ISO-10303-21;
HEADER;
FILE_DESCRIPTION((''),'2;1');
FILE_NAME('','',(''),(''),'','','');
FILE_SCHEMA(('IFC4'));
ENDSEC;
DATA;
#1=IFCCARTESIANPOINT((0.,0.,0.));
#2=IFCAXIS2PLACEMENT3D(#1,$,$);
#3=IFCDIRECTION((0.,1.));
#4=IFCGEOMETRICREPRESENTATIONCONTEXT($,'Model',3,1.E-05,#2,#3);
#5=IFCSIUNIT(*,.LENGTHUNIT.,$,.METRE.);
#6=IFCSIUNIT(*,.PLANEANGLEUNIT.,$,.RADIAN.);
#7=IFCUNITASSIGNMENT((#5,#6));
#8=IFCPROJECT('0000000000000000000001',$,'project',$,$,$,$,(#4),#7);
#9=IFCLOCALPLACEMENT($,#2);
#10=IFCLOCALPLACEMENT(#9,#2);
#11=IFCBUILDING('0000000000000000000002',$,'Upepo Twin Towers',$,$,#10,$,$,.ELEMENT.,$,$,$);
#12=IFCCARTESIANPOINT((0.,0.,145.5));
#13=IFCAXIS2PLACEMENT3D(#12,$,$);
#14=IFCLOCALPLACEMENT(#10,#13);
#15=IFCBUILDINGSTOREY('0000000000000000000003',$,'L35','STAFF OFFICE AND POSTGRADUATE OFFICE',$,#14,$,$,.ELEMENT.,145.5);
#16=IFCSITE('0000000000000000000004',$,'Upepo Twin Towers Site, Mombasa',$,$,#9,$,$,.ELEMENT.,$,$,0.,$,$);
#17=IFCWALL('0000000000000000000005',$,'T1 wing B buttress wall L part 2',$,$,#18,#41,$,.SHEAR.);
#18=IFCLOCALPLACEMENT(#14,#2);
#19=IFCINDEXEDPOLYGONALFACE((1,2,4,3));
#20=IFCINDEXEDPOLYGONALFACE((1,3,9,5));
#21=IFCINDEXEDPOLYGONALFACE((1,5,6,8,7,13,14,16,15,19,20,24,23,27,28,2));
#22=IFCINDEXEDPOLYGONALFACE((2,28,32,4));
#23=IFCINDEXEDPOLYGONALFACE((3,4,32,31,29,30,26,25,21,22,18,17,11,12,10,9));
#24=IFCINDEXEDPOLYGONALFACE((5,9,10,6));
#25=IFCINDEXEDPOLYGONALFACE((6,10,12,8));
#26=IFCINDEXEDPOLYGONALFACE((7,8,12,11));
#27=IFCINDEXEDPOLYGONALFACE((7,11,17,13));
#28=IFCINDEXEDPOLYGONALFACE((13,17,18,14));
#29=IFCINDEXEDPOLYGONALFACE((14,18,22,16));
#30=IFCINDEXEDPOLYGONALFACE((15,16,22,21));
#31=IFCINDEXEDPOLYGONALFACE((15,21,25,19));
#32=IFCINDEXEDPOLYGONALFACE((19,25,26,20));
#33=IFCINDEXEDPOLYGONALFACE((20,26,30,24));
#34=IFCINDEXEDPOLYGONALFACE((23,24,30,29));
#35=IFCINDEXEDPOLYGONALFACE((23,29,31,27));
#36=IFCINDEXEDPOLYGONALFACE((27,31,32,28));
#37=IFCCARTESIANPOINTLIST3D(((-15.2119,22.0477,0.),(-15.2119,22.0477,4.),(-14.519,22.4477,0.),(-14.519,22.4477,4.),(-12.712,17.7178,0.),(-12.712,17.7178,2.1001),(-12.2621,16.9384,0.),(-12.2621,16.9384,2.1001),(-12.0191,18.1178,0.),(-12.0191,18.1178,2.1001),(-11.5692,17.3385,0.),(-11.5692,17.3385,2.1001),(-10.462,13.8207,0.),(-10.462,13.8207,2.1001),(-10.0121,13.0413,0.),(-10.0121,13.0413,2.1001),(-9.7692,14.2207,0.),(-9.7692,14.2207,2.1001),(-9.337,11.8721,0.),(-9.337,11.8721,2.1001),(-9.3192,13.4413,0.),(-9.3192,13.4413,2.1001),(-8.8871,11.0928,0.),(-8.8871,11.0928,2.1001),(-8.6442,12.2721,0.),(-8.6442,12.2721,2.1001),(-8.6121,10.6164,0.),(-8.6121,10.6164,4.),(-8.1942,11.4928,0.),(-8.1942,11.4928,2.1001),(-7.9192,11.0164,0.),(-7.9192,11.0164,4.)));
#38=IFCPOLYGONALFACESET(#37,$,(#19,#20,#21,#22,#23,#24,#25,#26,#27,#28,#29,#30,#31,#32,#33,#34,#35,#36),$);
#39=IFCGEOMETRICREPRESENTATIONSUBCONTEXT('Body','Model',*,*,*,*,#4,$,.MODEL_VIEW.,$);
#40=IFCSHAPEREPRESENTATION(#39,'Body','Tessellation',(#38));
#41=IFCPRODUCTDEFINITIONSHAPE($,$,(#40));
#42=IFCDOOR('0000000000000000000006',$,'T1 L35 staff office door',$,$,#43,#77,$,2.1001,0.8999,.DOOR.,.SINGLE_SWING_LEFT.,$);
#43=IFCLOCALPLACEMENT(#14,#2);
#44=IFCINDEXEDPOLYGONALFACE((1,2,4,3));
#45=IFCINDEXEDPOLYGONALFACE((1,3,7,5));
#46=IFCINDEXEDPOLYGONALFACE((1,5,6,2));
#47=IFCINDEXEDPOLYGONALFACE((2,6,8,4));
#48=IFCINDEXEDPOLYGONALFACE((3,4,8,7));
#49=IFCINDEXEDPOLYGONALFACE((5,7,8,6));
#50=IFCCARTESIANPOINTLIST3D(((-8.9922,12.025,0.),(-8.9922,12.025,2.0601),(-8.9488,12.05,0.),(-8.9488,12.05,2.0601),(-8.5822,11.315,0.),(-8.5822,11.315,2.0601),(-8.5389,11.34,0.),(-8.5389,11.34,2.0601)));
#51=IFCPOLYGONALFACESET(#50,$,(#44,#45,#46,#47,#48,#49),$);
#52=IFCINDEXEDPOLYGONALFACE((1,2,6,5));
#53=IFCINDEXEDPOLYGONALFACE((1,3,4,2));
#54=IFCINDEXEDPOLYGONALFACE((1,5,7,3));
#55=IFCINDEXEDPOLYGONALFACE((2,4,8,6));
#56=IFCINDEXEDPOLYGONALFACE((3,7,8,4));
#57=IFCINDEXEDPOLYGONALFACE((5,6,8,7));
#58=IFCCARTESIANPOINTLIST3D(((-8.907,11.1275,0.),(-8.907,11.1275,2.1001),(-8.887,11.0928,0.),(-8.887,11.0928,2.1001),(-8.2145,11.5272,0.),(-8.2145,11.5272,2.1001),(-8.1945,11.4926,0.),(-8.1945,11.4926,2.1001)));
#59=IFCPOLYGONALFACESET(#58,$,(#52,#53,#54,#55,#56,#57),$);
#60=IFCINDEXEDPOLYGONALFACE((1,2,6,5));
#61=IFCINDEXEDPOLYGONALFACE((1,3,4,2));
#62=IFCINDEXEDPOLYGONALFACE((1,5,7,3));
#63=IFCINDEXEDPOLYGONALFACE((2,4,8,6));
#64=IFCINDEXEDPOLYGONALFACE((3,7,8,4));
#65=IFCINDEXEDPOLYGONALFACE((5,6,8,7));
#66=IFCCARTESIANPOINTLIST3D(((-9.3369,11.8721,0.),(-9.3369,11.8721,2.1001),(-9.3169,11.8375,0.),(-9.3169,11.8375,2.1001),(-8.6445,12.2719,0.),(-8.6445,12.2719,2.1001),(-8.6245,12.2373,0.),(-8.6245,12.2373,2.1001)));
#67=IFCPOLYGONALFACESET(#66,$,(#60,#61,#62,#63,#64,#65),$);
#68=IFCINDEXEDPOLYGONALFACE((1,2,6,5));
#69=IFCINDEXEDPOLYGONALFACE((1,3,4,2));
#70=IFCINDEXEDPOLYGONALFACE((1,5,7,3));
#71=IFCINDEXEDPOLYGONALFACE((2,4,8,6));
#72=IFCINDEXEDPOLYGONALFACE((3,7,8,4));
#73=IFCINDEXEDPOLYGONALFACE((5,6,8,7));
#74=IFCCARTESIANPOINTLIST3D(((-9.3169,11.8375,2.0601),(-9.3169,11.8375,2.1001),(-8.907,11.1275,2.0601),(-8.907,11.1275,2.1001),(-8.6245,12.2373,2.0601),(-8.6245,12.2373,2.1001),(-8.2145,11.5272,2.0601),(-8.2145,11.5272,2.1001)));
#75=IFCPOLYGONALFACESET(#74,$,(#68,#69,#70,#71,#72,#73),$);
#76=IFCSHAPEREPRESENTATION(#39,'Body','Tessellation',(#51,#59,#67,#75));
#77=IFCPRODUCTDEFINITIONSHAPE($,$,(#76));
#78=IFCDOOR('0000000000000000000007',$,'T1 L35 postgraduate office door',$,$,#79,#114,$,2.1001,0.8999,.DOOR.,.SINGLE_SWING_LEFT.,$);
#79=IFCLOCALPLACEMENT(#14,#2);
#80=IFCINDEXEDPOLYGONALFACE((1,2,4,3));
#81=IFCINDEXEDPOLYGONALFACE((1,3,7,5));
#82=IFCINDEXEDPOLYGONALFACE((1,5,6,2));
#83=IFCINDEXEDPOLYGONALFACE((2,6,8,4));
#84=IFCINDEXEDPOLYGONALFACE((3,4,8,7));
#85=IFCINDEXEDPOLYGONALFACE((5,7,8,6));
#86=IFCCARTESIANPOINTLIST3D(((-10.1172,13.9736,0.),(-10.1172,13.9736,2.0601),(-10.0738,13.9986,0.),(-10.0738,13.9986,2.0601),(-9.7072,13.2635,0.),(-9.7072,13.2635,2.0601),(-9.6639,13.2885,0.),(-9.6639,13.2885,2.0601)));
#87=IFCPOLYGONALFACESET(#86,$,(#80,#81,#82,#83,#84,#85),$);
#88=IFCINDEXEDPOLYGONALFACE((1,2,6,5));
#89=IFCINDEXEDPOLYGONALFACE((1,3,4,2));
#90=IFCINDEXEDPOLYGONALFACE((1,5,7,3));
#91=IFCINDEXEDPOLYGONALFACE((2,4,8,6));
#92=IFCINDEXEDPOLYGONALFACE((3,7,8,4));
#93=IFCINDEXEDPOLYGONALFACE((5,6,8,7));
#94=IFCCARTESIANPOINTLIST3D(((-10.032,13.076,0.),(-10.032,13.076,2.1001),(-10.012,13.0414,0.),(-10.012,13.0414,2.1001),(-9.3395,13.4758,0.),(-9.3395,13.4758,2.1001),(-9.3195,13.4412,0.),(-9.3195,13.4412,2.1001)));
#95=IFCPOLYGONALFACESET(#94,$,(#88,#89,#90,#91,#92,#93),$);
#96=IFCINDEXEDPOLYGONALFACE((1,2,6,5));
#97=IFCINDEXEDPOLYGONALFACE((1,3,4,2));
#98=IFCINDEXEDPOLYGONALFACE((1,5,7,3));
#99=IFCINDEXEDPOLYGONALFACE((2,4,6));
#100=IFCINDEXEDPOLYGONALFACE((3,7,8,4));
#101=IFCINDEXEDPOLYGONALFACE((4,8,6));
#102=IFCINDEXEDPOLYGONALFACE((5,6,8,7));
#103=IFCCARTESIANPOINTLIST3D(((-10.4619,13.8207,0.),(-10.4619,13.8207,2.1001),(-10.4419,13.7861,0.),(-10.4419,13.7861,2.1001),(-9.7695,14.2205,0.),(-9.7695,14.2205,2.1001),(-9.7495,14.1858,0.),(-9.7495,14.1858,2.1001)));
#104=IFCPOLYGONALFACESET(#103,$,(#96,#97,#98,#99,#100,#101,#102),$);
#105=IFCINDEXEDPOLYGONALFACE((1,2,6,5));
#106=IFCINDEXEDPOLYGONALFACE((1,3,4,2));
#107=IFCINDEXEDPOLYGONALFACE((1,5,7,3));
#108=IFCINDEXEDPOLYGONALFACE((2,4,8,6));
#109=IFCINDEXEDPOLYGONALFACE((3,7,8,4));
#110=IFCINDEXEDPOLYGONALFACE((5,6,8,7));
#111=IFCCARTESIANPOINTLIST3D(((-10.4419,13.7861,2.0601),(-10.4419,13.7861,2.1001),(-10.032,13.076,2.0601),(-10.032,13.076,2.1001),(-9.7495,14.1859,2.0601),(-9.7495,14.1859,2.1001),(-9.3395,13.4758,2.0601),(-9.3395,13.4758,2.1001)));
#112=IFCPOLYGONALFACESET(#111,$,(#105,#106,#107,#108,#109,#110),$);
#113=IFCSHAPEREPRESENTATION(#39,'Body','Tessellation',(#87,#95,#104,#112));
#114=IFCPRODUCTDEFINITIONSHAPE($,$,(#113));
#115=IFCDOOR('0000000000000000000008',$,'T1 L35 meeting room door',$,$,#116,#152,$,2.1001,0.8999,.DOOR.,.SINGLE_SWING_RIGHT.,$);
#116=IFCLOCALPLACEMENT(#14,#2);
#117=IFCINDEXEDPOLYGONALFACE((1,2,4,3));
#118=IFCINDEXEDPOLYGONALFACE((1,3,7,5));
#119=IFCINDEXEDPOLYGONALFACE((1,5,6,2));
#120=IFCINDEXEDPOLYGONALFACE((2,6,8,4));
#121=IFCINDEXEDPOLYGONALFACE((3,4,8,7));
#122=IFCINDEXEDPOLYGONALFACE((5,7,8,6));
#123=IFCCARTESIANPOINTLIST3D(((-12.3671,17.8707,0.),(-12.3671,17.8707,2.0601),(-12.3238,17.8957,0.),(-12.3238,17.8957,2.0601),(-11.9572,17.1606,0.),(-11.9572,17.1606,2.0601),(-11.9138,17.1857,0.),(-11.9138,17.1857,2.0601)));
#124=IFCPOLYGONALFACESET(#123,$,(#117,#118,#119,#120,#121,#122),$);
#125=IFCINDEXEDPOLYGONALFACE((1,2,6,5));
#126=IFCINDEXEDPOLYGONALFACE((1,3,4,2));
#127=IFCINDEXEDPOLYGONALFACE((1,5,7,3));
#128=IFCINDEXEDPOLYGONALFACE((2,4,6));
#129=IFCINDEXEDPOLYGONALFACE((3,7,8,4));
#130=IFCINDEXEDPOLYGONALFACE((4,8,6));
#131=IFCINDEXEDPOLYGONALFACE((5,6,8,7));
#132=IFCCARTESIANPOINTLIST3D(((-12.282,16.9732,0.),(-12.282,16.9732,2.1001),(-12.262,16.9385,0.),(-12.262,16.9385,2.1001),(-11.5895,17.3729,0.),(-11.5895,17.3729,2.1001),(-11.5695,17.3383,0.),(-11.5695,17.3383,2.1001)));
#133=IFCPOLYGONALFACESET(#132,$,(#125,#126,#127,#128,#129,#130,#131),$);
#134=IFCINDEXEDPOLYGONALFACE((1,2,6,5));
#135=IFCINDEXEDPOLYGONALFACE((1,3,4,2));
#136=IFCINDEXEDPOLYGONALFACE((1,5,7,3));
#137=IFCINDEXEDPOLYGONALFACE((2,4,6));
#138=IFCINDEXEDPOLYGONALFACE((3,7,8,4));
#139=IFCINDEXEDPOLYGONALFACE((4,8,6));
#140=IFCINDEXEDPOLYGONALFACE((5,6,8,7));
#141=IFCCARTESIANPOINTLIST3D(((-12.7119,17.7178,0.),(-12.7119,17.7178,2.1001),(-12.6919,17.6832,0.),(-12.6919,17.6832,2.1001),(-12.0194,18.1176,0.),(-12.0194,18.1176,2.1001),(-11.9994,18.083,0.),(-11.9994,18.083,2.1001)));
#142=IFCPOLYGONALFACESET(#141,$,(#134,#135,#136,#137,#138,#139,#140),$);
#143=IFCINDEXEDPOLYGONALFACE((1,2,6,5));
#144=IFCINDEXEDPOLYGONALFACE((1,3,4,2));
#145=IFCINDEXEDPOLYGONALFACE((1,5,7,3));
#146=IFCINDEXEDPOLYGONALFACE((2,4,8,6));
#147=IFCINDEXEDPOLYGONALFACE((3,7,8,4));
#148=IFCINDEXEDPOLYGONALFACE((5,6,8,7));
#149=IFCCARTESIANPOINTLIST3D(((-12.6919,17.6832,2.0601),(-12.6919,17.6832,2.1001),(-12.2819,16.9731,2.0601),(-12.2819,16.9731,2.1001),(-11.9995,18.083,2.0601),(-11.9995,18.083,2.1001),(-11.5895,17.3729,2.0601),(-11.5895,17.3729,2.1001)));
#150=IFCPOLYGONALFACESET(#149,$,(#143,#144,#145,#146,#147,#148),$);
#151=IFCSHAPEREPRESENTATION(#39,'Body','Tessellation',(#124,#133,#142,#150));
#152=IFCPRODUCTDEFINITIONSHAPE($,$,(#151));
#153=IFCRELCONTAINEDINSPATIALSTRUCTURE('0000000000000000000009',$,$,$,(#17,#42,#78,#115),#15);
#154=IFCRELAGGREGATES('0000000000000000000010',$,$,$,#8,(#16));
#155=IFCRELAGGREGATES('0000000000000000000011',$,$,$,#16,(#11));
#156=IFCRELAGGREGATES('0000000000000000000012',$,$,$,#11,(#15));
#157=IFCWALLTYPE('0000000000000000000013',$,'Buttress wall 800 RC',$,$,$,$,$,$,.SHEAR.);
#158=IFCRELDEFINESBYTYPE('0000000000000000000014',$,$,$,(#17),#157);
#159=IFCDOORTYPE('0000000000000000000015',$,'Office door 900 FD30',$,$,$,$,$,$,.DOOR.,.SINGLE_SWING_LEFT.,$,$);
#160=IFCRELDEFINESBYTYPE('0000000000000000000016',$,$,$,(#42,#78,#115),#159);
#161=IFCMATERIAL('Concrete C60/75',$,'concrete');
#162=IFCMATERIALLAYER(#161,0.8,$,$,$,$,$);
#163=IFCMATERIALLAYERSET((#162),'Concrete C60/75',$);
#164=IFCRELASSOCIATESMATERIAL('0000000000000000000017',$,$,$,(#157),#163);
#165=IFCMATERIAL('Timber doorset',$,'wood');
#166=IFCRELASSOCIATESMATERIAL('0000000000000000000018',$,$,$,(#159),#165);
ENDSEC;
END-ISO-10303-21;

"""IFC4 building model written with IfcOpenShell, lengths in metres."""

from ifc_helpers import new_model, si_unit, direction, frame, frame_2d, origin, place, context, subcontext, project, spatial, rectangle, extrude, material, layer, layer_set, type_object, element, fill, save


model = new_model("IFC4")

# Units and contexts
model_context = context("Model", 3, precision=1e-05, world=origin(), true_north=direction((0.0, 1.0)))
body_context = subcontext(model_context, "Body", "Model", "MODEL_VIEW")
ifc_project = project(units=[si_unit("LENGTHUNIT", "METRE"), si_unit("PLANEANGLEUNIT", "RADIAN")], contexts=[model_context])

# Site, building, storey
site_placement = place(None, origin())
site = spatial("IfcSite", under=ifc_project, at=site_placement, Name="Upepo Twin Towers Site, Mombasa", CompositionType="ELEMENT", RefElevation=0.0)
building_placement = place(site_placement, origin())
building = spatial("IfcBuilding", under=site, at=building_placement, Name="Upepo Twin Towers", CompositionType="ELEMENT")
storey_placement = place(building_placement, frame((0.0, 0.0, 145.5)))
storey = spatial("IfcBuildingStorey", under=building, at=storey_placement, Name="L35", Description="STAFF OFFICE AND POSTGRADUATE OFFICE", CompositionType="ELEMENT", Elevation=145.5)

# Wall, openings, doors
ifc_material_1 = material(Name="Concrete C60/75", Category="concrete")
ifc_layer_1 = layer(ifc_material_1, 0.8)
ifc_layer_set_1 = layer_set([ifc_layer_1], Name="Concrete C60/75")
wall_type_1 = type_object("IfcWallType", Name="Buttress wall 800 RC", PredefinedType="SHEAR", material=ifc_layer_set_1)
wall_1_placement = place(storey_placement, frame((-8.2656, 10.8164, 0.0), z_axis=(0.0, 0.0, 1.0), x_axis=(-0.499996, 0.866028, 0.0)))
wall_1 = element("IfcWall", 1, at=wall_1_placement, inside=storey, type_object=wall_type_1, Name="T1 wing B buttress wall L part 2", PredefinedType="SHEAR", context=body_context, shape_type="SweptSolid", body=[
    extrude(rectangle(XDim=13.1997, YDim=0.8, at=frame_2d((6.5999, 0.0))), origin(), (0.0, 0.0, 1.0), 4.0),
])
opening_1_placement = place(wall_1_placement, frame((0.55, 0.0, 0.0)))
opening_1 = element("IfcOpeningElement", 2, at=opening_1_placement, cuts=wall_1, PredefinedType="OPENING", context=body_context, shape_type="SweptSolid", body=[
    extrude(rectangle(XDim=0.8999, YDim=2.1001, at=frame_2d((0.45, 1.05))), frame((0.0, 0.4099, 0.0), z_axis=(0.0, -1.0, 0.0), x_axis=(1.0, 0.0, 0.0)), (0.0, 0.0, 1.0), 0.8201),
])
opening_2_placement = place(wall_1_placement, frame((2.8, 0.0, 0.0)))
opening_2 = element("IfcOpeningElement", 3, at=opening_2_placement, cuts=wall_1, PredefinedType="OPENING", context=body_context, shape_type="SweptSolid", body=[
    extrude(rectangle(XDim=0.8999, YDim=2.1001, at=frame_2d((0.45, 1.05))), frame((0.0, 0.4099, 0.0), z_axis=(0.0, -1.0, 0.0), x_axis=(1.0, 0.0, 0.0)), (0.0, 0.0, 1.0), 0.8201),
])
opening_3_placement = place(wall_1_placement, frame((7.3, 0.0, 0.0)))
opening_3 = element("IfcOpeningElement", 4, at=opening_3_placement, cuts=wall_1, PredefinedType="OPENING", context=body_context, shape_type="SweptSolid", body=[
    extrude(rectangle(XDim=0.8999, YDim=2.1001, at=frame_2d((0.45, 1.05))), frame((0.0, 0.4099, 0.0), z_axis=(0.0, -1.0, 0.0), x_axis=(1.0, 0.0, 0.0)), (0.0, 0.0, 1.0), 0.8201),
])
ifc_material_2 = material(Name="Timber doorset", Category="wood")
door_type_1 = type_object("IfcDoorType", Name="Office door 900 FD30", OperationType="SINGLE_SWING_LEFT", PredefinedType="DOOR", material=ifc_material_2)
door_1_placement = place(opening_1_placement, origin())
door_1 = element("IfcDoor", 5, at=door_1_placement, inside=storey, type_object=door_type_1, Name="T1 L35 staff office door", OperationType="SINGLE_SWING_LEFT", OverallHeight=2.1001, OverallWidth=0.8999, PredefinedType="DOOR", context=body_context, shape_type="SweptSolid", body=[
    extrude(rectangle(XDim=0.8199, YDim=2.0601, at=frame_2d((0.45, 1.03))), frame((0.0, 0.0249, 0.0), z_axis=(0.0, -1.0, 0.0), x_axis=(1.0, 0.0, 0.0)), (0.0, 0.0, 1.0), 0.05),
    extrude(rectangle(XDim=0.04, YDim=2.1001, at=frame_2d((0.02, 1.05))), frame((0.0, 0.3999, 0.0), z_axis=(0.0, -1.0, 0.0), x_axis=(1.0, 0.0, 0.0)), (0.0, 0.0, 1.0), 0.7996),
    extrude(rectangle(XDim=0.04, YDim=2.1001, at=frame_2d((0.8799, 1.05))), frame((0.0, 0.3999, 0.0), z_axis=(0.0, -1.0, 0.0), x_axis=(1.0, 0.0, 0.0)), (0.0, 0.0, 1.0), 0.7996),
    extrude(rectangle(XDim=0.8199, YDim=0.04, at=frame_2d((0.45, 2.0801))), frame((0.0, 0.3999, 0.0), z_axis=(0.0, -1.0, 0.0), x_axis=(1.0, 0.0, 0.0)), (0.0, 0.0, 1.0), 0.7996),
])
fill(opening_1, door_1)
door_2_placement = place(opening_2_placement, origin())
door_2 = element("IfcDoor", 6, at=door_2_placement, inside=storey, type_object=door_type_1, Name="T1 L35 postgraduate office door", OperationType="SINGLE_SWING_LEFT", OverallHeight=2.1001, OverallWidth=0.8999, PredefinedType="DOOR", context=body_context, shape_type="SweptSolid", body=[
    extrude(rectangle(XDim=0.8199, YDim=2.0601, at=frame_2d((0.45, 1.03))), frame((0.0, 0.0249, 0.0), z_axis=(0.0, -1.0, 0.0), x_axis=(1.0, 0.0, 0.0)), (0.0, 0.0, 1.0), 0.05),
    extrude(rectangle(XDim=0.04, YDim=2.1001, at=frame_2d((0.02, 1.05))), frame((0.0, 0.3999, 0.0), z_axis=(0.0, -1.0, 0.0), x_axis=(1.0, 0.0, 0.0)), (0.0, 0.0, 1.0), 0.7996),
    extrude(rectangle(XDim=0.04, YDim=2.1001, at=frame_2d((0.8799, 1.05))), frame((0.0, 0.3999, 0.0), z_axis=(0.0, -1.0, 0.0), x_axis=(1.0, 0.0, 0.0)), (0.0, 0.0, 1.0), 0.7996),
    extrude(rectangle(XDim=0.8199, YDim=0.04, at=frame_2d((0.45, 2.0801))), frame((0.0, 0.3999, 0.0), z_axis=(0.0, -1.0, 0.0), x_axis=(1.0, 0.0, 0.0)), (0.0, 0.0, 1.0), 0.7996),
])
fill(opening_2, door_2)
door_3_placement = place(opening_3_placement, origin())
door_3 = element("IfcDoor", 7, at=door_3_placement, inside=storey, type_object=door_type_1, Name="T1 L35 meeting room door", OperationType="SINGLE_SWING_RIGHT", OverallHeight=2.1001, OverallWidth=0.8999, PredefinedType="DOOR", context=body_context, shape_type="SweptSolid", body=[
    extrude(rectangle(XDim=0.8199, YDim=2.0601, at=frame_2d((0.45, 1.03))), frame((0.0, 0.0249, 0.0), z_axis=(0.0, -1.0, 0.0), x_axis=(1.0, 0.0, 0.0)), (0.0, 0.0, 1.0), 0.05),
    extrude(rectangle(XDim=0.04, YDim=2.1001, at=frame_2d((0.02, 1.05))), frame((0.0, 0.3999, 0.0), z_axis=(0.0, -1.0, 0.0), x_axis=(1.0, 0.0, 0.0)), (0.0, 0.0, 1.0), 0.7996),
    extrude(rectangle(XDim=0.04, YDim=2.1001, at=frame_2d((0.8799, 1.05))), frame((0.0, 0.3999, 0.0), z_axis=(0.0, -1.0, 0.0), x_axis=(1.0, 0.0, 0.0)), (0.0, 0.0, 1.0), 0.7996),
    extrude(rectangle(XDim=0.8199, YDim=0.04, at=frame_2d((0.45, 2.0801))), frame((0.0, 0.3999, 0.0), z_axis=(0.0, -1.0, 0.0), x_axis=(1.0, 0.0, 0.0)), (0.0, 0.0, 1.0), 0.7996),
])
fill(opening_3, door_3)

save(model, "model.ifc")
